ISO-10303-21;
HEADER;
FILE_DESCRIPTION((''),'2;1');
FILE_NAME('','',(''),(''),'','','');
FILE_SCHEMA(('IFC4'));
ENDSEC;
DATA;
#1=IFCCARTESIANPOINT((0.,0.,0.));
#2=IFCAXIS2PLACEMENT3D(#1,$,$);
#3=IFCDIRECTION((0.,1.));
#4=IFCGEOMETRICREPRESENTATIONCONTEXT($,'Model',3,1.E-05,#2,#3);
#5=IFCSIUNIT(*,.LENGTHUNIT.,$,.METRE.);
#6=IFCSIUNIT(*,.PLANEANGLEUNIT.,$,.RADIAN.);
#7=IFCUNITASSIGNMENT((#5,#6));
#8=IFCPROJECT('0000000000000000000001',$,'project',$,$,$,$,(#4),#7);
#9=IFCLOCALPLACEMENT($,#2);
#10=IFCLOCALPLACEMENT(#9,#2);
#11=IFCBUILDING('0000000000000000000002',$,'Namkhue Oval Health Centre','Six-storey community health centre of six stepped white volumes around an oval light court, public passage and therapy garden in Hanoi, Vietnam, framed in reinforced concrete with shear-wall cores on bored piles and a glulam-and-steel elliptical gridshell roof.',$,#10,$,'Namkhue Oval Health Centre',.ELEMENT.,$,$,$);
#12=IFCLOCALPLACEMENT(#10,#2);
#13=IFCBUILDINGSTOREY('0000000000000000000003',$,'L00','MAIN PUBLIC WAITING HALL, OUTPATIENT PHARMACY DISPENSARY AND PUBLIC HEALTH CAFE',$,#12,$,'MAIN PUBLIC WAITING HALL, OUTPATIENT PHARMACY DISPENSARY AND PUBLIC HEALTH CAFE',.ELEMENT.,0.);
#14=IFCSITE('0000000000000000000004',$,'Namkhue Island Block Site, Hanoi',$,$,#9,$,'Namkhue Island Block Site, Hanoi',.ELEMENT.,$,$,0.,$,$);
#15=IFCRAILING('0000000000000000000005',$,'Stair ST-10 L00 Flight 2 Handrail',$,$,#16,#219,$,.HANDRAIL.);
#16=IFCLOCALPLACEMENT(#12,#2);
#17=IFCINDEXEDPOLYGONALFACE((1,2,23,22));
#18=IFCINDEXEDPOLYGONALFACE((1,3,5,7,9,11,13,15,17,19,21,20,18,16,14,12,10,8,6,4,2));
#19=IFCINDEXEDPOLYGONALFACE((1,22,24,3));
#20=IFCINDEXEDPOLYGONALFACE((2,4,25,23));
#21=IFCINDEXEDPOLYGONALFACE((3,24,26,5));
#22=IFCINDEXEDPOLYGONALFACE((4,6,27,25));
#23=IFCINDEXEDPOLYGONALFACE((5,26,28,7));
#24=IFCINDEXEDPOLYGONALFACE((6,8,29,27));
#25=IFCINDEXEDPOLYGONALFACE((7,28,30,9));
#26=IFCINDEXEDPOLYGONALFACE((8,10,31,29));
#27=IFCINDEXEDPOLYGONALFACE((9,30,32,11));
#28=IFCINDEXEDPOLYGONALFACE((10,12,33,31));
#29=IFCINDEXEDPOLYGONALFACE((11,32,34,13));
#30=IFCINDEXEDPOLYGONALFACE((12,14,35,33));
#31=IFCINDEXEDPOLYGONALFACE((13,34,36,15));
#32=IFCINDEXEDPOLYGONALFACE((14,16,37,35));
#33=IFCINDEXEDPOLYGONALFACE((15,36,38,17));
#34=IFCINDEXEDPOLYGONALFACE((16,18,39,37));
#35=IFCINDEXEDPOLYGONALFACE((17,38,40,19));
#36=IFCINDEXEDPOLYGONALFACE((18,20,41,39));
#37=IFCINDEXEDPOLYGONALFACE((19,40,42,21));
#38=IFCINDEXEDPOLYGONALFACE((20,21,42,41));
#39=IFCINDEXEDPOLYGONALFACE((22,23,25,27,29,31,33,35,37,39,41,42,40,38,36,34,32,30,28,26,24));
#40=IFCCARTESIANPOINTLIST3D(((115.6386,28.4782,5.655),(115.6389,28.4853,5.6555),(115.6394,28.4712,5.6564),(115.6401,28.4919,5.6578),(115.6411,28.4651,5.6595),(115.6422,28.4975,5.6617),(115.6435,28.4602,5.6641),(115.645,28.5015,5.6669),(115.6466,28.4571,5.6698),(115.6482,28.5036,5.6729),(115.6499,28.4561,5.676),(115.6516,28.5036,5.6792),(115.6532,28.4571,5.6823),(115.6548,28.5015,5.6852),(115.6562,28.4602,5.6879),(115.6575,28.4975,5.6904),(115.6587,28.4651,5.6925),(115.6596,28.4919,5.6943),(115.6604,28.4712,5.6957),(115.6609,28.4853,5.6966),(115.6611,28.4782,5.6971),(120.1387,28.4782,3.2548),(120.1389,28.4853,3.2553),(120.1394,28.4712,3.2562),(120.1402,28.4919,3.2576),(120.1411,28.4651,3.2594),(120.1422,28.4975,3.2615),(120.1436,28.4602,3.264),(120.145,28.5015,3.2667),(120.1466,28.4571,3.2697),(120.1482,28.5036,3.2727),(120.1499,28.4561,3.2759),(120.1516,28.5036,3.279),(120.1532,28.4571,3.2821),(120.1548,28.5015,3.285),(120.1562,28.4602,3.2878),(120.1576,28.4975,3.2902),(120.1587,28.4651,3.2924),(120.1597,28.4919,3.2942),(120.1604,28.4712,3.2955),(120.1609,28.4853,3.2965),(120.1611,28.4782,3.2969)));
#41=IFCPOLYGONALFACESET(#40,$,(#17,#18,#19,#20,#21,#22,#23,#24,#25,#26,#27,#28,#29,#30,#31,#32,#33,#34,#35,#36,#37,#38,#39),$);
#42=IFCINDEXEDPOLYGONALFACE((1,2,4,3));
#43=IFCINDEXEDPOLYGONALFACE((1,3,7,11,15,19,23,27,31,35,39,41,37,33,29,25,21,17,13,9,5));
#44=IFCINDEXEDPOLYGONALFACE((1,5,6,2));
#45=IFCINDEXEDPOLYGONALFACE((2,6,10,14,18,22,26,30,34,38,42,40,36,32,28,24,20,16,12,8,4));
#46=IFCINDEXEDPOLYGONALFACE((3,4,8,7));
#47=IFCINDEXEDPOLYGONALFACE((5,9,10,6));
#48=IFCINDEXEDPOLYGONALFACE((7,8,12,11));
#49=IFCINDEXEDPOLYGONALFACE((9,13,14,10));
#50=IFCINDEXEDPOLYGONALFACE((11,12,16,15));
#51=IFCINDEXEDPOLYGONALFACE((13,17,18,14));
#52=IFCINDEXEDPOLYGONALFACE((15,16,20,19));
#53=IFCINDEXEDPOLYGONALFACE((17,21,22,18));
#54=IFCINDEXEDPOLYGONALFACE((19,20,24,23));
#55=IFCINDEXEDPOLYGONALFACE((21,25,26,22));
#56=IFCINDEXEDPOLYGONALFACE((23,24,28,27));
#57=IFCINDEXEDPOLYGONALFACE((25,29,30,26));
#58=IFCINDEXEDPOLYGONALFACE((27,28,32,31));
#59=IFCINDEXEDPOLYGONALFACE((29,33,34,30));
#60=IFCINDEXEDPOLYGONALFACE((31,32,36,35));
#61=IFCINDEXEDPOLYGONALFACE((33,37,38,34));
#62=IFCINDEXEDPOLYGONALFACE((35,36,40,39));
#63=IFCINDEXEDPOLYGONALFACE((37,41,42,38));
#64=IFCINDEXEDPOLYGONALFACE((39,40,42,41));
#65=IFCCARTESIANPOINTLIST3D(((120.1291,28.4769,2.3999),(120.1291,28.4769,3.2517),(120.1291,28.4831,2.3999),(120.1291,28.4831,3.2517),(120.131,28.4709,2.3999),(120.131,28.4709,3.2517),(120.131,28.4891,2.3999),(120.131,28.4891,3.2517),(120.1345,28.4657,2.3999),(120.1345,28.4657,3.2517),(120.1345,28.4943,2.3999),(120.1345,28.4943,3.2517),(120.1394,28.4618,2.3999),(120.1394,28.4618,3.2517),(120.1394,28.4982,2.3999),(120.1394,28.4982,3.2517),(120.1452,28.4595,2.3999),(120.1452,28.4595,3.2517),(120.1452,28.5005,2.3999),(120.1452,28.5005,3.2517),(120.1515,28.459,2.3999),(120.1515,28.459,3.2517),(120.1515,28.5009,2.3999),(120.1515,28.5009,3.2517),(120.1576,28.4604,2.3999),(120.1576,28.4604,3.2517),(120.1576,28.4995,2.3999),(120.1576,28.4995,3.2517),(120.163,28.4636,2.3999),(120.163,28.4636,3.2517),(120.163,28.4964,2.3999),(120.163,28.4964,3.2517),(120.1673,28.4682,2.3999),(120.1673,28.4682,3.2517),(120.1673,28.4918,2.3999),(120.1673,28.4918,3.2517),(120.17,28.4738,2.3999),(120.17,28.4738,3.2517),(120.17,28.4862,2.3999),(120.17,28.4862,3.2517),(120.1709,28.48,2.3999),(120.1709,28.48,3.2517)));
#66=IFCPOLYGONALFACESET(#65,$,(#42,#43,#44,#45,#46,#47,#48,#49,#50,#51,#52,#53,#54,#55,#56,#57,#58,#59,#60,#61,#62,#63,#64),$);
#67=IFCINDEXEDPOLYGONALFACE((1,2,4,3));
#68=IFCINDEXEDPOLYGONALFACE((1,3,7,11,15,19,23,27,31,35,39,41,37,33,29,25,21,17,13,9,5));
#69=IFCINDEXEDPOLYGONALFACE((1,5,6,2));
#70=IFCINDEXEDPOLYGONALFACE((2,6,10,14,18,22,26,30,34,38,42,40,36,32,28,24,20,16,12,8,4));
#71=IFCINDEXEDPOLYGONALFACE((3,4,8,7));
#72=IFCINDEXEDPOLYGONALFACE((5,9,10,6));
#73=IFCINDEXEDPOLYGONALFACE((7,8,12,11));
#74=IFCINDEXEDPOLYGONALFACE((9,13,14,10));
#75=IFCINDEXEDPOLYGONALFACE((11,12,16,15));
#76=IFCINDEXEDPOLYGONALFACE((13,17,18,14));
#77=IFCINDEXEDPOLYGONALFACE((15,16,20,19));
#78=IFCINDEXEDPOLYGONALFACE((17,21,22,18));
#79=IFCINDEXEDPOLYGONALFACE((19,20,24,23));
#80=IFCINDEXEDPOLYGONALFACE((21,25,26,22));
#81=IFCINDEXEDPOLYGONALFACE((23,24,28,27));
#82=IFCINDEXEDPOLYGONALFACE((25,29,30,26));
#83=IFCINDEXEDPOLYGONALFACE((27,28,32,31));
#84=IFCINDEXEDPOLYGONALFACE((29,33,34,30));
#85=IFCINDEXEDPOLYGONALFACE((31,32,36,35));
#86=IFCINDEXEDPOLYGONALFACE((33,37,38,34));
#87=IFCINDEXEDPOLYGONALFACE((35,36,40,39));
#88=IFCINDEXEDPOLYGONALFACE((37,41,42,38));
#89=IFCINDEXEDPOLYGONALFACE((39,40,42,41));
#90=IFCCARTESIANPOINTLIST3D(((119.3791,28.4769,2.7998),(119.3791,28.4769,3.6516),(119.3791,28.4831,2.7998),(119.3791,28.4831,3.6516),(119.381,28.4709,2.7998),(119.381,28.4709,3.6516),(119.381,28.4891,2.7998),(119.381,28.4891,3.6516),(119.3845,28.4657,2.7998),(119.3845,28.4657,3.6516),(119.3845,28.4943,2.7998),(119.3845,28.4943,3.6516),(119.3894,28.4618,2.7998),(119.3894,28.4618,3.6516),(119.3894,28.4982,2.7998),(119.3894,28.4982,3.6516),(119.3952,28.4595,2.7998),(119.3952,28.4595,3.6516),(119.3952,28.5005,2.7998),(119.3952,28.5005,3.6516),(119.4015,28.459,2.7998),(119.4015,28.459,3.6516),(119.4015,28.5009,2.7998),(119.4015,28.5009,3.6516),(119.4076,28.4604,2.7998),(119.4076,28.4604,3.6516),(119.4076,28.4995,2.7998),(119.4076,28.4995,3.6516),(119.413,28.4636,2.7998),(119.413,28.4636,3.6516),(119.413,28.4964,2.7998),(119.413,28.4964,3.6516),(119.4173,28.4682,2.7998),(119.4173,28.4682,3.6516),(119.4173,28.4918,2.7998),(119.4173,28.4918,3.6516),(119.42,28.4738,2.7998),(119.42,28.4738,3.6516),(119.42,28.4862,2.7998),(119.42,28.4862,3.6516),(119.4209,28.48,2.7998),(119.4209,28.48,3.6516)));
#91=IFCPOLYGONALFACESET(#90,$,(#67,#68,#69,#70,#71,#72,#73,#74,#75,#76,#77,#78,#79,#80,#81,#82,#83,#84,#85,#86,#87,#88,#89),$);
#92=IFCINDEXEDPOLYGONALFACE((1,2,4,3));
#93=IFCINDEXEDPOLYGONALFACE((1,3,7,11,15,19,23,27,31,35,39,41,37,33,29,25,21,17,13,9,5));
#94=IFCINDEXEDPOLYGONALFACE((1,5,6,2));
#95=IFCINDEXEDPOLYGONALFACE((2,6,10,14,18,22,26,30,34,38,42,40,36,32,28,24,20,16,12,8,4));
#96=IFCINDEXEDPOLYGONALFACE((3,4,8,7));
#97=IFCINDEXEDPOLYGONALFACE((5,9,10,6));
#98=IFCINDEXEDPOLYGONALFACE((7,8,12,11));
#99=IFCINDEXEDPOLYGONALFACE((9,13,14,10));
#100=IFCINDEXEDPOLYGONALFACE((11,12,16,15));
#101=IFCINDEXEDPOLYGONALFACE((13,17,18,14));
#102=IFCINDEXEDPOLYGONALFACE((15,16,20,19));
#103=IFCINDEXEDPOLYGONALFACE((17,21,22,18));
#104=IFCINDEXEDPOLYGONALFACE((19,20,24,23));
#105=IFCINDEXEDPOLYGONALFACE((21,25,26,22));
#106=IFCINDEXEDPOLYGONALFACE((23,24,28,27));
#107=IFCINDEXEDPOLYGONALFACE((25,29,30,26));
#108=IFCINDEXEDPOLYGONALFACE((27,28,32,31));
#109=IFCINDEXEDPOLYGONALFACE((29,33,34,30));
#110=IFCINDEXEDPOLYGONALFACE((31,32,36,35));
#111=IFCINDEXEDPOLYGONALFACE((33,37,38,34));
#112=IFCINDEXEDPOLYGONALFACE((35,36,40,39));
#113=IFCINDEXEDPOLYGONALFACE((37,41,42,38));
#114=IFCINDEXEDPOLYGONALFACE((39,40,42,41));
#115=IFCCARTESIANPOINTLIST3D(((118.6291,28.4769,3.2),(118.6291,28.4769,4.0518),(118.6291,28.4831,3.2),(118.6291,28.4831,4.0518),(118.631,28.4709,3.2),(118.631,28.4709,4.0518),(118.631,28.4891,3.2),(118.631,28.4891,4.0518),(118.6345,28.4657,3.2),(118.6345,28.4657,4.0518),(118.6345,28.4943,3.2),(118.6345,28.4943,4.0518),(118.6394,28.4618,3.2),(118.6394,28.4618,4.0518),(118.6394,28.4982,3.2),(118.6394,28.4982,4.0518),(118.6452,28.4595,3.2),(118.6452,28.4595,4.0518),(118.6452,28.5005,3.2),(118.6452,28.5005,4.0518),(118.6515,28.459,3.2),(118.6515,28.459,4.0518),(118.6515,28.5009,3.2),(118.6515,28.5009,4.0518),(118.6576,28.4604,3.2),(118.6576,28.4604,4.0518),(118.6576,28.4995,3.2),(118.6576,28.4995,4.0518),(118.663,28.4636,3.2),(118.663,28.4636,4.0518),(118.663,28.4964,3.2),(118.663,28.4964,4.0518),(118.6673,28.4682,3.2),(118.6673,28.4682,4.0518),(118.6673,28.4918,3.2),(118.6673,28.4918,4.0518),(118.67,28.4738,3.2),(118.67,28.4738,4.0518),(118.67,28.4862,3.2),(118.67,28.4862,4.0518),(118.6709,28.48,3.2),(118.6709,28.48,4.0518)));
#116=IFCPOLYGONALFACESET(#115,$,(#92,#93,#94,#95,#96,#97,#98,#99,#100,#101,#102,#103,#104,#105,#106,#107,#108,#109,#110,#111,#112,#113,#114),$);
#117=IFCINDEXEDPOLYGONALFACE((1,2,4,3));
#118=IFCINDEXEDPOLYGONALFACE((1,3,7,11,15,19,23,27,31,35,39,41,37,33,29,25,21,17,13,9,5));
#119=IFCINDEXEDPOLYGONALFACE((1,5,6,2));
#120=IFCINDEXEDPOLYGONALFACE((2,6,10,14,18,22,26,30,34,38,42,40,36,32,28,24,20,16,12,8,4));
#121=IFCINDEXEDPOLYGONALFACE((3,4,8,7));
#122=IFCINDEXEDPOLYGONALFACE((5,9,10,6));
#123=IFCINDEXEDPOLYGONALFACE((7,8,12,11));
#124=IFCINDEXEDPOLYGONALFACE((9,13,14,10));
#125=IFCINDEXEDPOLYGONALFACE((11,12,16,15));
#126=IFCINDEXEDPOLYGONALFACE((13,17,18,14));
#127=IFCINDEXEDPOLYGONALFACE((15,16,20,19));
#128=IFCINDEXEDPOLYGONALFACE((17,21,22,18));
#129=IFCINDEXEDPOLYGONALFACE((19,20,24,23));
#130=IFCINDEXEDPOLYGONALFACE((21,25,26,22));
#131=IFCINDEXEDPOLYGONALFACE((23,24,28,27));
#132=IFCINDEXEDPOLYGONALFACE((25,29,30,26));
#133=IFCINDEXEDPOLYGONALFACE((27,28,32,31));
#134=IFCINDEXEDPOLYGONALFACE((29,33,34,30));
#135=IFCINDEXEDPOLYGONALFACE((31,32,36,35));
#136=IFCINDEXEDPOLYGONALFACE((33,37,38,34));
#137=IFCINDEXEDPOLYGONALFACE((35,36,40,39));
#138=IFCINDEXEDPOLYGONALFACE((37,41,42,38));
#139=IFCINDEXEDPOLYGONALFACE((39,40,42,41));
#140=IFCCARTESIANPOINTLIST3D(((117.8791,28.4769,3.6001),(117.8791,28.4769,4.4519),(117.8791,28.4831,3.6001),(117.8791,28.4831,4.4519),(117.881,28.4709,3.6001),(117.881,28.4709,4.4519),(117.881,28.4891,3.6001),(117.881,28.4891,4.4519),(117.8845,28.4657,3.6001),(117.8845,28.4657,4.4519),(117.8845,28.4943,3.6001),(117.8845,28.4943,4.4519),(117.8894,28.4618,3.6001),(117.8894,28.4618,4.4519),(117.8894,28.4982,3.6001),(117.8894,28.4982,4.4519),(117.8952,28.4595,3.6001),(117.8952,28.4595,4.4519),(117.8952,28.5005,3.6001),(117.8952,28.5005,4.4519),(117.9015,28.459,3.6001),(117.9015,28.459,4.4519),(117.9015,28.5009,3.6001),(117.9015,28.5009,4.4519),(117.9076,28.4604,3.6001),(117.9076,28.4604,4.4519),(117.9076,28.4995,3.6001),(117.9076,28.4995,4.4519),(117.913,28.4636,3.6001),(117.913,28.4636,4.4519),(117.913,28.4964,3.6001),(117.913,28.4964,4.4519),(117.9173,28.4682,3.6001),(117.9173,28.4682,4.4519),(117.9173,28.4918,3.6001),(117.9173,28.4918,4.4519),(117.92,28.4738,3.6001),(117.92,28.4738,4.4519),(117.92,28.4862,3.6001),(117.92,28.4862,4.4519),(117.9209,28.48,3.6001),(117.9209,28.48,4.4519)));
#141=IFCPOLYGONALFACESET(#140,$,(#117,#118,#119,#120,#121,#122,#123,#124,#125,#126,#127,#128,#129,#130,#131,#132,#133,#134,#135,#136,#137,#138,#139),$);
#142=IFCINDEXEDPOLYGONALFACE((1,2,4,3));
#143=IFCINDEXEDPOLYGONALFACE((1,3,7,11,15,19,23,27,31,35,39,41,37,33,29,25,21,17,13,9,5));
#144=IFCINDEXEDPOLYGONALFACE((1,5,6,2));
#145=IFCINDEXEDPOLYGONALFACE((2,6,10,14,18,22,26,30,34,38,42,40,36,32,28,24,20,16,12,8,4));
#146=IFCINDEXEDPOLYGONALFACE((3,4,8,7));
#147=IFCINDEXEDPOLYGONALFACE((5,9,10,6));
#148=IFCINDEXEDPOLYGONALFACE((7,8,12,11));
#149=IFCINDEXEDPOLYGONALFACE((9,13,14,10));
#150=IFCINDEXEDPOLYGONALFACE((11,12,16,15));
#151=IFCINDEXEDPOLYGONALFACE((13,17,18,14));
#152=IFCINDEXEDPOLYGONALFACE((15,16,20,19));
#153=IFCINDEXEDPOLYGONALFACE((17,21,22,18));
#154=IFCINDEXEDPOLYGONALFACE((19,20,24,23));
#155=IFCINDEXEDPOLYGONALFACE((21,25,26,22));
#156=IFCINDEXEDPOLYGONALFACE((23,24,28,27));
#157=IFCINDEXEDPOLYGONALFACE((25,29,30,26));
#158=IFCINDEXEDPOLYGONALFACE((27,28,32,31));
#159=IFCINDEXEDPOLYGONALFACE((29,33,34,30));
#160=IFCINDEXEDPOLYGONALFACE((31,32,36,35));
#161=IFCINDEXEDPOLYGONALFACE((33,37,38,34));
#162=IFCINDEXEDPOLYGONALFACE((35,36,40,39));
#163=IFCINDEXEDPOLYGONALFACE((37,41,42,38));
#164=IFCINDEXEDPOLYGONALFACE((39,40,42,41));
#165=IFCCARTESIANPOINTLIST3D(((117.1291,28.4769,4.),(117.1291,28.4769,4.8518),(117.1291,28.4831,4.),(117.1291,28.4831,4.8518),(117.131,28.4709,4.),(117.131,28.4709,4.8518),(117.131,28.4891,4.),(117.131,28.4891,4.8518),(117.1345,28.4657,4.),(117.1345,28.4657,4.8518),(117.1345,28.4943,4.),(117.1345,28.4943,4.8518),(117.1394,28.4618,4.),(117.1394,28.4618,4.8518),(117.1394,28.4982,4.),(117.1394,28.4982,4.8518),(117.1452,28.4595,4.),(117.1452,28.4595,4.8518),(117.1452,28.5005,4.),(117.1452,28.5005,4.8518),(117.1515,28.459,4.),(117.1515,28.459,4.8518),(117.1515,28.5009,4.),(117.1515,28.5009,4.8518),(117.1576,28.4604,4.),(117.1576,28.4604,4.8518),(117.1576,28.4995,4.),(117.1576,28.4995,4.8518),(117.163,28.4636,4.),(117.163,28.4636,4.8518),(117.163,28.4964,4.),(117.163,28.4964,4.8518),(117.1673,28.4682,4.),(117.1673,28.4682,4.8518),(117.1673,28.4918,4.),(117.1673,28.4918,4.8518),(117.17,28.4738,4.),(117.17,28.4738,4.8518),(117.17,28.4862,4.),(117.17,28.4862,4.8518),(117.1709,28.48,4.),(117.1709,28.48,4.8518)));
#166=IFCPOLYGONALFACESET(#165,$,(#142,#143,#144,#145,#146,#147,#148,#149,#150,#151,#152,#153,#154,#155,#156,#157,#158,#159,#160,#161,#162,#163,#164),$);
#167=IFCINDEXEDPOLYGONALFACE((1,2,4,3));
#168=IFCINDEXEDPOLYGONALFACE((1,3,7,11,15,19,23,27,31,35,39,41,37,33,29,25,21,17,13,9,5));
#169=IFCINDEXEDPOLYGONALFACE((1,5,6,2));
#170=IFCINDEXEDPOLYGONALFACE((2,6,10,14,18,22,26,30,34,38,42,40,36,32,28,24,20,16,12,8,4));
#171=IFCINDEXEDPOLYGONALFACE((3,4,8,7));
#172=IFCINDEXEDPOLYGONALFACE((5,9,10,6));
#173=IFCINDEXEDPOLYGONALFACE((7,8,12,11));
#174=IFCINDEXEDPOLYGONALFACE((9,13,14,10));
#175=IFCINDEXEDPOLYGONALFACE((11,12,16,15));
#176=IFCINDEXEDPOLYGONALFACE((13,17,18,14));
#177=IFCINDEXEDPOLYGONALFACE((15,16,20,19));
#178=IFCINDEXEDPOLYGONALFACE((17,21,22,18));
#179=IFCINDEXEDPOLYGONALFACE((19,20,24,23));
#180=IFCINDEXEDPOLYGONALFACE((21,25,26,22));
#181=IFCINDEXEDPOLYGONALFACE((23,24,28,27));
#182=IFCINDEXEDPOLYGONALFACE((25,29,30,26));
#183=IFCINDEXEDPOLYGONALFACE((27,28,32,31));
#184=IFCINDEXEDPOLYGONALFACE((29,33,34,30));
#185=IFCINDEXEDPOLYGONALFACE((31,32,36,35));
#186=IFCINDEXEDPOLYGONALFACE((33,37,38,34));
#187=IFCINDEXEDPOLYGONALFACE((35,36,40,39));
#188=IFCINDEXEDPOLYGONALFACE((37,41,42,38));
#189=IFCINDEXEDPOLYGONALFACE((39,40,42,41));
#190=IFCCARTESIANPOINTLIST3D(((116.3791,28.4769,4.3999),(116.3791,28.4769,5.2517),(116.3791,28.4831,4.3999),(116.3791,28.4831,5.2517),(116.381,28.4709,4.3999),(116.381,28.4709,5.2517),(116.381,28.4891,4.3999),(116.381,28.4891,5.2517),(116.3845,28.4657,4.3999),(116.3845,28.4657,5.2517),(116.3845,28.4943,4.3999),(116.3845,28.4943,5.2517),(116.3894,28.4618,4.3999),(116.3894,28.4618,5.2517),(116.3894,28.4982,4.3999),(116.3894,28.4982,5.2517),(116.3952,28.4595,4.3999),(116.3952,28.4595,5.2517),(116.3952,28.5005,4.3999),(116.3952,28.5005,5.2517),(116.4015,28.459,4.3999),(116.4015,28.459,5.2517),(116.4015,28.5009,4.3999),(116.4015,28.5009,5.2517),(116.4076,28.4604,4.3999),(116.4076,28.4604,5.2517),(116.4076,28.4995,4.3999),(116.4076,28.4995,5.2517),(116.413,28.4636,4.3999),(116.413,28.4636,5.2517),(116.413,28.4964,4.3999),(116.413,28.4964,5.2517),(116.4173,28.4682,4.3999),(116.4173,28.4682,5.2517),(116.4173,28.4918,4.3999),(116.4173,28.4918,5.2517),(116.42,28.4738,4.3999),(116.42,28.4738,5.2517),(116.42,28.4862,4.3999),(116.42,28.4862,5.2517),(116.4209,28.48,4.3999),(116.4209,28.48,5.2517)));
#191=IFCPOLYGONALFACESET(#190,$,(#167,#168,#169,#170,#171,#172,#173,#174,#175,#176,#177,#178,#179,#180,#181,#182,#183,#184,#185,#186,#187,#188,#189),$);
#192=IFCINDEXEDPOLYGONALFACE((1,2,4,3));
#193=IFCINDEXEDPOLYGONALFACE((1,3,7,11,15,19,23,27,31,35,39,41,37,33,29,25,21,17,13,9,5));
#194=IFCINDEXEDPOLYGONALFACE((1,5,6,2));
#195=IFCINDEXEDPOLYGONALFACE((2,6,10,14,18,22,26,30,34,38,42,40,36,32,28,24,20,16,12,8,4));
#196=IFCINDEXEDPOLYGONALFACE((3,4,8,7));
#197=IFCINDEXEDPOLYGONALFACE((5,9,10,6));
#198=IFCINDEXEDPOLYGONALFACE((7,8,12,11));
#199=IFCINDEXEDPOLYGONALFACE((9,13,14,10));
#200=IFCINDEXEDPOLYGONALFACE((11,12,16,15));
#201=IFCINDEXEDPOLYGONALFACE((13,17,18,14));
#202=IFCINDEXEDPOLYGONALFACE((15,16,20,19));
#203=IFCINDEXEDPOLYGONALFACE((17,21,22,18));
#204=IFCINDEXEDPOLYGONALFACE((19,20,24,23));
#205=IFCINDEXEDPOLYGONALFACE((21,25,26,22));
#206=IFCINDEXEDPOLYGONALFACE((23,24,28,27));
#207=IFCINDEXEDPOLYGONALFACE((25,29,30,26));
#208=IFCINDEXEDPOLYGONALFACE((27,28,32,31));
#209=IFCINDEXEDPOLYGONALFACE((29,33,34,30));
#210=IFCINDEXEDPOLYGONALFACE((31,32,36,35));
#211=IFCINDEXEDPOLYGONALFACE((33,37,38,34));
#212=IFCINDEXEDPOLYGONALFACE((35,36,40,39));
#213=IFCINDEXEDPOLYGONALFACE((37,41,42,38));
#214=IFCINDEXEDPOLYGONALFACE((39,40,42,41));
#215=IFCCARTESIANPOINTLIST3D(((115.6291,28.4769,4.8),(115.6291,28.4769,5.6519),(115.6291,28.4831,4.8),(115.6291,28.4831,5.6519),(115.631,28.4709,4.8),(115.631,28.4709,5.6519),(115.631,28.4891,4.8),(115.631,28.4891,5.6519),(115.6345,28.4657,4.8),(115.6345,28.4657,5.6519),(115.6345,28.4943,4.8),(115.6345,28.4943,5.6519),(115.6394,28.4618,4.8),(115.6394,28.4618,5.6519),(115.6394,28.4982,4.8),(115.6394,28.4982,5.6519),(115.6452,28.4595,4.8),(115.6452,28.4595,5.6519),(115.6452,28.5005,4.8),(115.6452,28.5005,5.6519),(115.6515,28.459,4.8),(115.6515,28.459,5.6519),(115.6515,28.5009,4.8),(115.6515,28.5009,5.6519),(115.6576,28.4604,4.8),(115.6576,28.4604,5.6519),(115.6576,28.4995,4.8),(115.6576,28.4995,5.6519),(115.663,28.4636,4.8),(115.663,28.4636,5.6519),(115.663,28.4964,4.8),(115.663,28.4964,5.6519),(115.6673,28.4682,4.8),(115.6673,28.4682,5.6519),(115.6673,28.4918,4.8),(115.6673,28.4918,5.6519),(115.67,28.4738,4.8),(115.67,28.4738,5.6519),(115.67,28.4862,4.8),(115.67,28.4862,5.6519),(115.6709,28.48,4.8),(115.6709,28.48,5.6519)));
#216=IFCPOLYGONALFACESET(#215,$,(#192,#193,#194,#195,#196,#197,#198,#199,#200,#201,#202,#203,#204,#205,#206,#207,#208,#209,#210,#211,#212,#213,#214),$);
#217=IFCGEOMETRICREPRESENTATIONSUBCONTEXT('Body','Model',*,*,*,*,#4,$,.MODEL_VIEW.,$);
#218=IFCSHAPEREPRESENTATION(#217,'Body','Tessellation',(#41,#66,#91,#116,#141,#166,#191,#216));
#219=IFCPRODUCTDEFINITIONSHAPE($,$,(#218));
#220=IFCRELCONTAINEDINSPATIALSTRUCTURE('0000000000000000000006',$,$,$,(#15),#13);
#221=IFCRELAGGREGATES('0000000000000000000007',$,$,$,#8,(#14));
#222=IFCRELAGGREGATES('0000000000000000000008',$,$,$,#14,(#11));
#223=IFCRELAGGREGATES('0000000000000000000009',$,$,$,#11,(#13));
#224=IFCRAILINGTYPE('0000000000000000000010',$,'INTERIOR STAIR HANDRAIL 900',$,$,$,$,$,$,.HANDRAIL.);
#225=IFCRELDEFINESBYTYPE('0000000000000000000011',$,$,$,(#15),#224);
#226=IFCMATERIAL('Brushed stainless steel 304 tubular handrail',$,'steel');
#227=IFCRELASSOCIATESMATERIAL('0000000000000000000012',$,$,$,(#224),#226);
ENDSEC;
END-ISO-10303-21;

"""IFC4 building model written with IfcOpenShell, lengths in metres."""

from ifc_helpers import new_model, si_unit, direction, frame, origin, origin_2d, place, context, subcontext, project, spatial, circle, extrude, material, type_object, element, save


model = new_model("IFC4")

# Units and contexts
model_context = context("Model", 3, precision=1e-05, world=origin(), true_north=direction((0.0, 1.0)))
body_context = subcontext(model_context, "Body", "Model", "MODEL_VIEW")
ifc_project = project(units=[si_unit("LENGTHUNIT", "METRE"), si_unit("PLANEANGLEUNIT", "RADIAN")], contexts=[model_context])

# Site, building, storey
site_placement = place(None, origin())
site = spatial("IfcSite", under=ifc_project, at=site_placement, Name="Namkhue Island Block Site, Hanoi", LongName="Namkhue Island Block Site, Hanoi", CompositionType="ELEMENT", RefElevation=0.0)
building_placement = place(site_placement, origin())
building = spatial("IfcBuilding", under=site, at=building_placement, Name="Namkhue Oval Health Centre", Description="Six-storey community health centre of six stepped white volumes around an oval light court, public passage and therapy garden in Hanoi, Vietnam, framed in reinforced concrete with shear-wall cores on bored piles and a glulam-and-steel elliptical gridshell roof.", LongName="Namkhue Oval Health Centre", CompositionType="ELEMENT")
storey_placement = place(building_placement, origin())
storey = spatial("IfcBuildingStorey", under=building, at=storey_placement, Name="L00", Description="MAIN PUBLIC WAITING HALL, OUTPATIENT PHARMACY DISPENSARY AND PUBLIC HEALTH CAFE", LongName="MAIN PUBLIC WAITING HALL, OUTPATIENT PHARMACY DISPENSARY AND PUBLIC HEALTH CAFE", CompositionType="ELEMENT", Elevation=0.0)

# Railing
ifc_material_1 = material(Name="Brushed stainless steel 304 tubular handrail", Category="steel")
railing_type_1 = type_object("IfcRailingType", Name="INTERIOR STAIR HANDRAIL 900", PredefinedType="HANDRAIL", material=ifc_material_1)
railing_1_placement = place(storey_placement, frame((120.1499, 28.48, 2.3999)))
element("IfcRailing", 1, at=railing_1_placement, inside=storey, type_object=railing_type_1, Name="Stair ST-10 L00 Flight 2 Handrail", PredefinedType="HANDRAIL", context=body_context, shape_type="SweptSolid", body=[
    extrude(circle(Radius=0.0239, at=origin_2d()), frame((0.0, 0.0, 0.876), z_axis=(-0.882341, 0.0, 0.470611), x_axis=(0.0, -1.0, 0.0)), (0.0, 0.0, 1.0), 5.1001),
    extrude(circle(Radius=0.021, at=origin_2d()), origin(), (0.0, 0.0, 1.0), 0.8518),
    extrude(circle(Radius=0.021, at=origin_2d()), frame((-0.75, 0.0, 0.3999)), (0.0, 0.0, 1.0), 0.8518),
    extrude(circle(Radius=0.021, at=origin_2d()), frame((-1.5, 0.0, 0.8)), (0.0, 0.0, 1.0), 0.8518),
    extrude(circle(Radius=0.021, at=origin_2d()), frame((-2.25, 0.0, 1.2002)), (0.0, 0.0, 1.0), 0.8518),
    extrude(circle(Radius=0.021, at=origin_2d()), frame((-3.0, 0.0, 1.6001)), (0.0, 0.0, 1.0), 0.8518),
    extrude(circle(Radius=0.021, at=origin_2d()), frame((-3.75, 0.0, 2.0)), (0.0, 0.0, 1.0), 0.8518),
    extrude(circle(Radius=0.021, at=origin_2d()), frame((-4.5, 0.0, 2.4001)), (0.0, 0.0, 1.0), 0.8518),
])

save(model, "model.ifc")
